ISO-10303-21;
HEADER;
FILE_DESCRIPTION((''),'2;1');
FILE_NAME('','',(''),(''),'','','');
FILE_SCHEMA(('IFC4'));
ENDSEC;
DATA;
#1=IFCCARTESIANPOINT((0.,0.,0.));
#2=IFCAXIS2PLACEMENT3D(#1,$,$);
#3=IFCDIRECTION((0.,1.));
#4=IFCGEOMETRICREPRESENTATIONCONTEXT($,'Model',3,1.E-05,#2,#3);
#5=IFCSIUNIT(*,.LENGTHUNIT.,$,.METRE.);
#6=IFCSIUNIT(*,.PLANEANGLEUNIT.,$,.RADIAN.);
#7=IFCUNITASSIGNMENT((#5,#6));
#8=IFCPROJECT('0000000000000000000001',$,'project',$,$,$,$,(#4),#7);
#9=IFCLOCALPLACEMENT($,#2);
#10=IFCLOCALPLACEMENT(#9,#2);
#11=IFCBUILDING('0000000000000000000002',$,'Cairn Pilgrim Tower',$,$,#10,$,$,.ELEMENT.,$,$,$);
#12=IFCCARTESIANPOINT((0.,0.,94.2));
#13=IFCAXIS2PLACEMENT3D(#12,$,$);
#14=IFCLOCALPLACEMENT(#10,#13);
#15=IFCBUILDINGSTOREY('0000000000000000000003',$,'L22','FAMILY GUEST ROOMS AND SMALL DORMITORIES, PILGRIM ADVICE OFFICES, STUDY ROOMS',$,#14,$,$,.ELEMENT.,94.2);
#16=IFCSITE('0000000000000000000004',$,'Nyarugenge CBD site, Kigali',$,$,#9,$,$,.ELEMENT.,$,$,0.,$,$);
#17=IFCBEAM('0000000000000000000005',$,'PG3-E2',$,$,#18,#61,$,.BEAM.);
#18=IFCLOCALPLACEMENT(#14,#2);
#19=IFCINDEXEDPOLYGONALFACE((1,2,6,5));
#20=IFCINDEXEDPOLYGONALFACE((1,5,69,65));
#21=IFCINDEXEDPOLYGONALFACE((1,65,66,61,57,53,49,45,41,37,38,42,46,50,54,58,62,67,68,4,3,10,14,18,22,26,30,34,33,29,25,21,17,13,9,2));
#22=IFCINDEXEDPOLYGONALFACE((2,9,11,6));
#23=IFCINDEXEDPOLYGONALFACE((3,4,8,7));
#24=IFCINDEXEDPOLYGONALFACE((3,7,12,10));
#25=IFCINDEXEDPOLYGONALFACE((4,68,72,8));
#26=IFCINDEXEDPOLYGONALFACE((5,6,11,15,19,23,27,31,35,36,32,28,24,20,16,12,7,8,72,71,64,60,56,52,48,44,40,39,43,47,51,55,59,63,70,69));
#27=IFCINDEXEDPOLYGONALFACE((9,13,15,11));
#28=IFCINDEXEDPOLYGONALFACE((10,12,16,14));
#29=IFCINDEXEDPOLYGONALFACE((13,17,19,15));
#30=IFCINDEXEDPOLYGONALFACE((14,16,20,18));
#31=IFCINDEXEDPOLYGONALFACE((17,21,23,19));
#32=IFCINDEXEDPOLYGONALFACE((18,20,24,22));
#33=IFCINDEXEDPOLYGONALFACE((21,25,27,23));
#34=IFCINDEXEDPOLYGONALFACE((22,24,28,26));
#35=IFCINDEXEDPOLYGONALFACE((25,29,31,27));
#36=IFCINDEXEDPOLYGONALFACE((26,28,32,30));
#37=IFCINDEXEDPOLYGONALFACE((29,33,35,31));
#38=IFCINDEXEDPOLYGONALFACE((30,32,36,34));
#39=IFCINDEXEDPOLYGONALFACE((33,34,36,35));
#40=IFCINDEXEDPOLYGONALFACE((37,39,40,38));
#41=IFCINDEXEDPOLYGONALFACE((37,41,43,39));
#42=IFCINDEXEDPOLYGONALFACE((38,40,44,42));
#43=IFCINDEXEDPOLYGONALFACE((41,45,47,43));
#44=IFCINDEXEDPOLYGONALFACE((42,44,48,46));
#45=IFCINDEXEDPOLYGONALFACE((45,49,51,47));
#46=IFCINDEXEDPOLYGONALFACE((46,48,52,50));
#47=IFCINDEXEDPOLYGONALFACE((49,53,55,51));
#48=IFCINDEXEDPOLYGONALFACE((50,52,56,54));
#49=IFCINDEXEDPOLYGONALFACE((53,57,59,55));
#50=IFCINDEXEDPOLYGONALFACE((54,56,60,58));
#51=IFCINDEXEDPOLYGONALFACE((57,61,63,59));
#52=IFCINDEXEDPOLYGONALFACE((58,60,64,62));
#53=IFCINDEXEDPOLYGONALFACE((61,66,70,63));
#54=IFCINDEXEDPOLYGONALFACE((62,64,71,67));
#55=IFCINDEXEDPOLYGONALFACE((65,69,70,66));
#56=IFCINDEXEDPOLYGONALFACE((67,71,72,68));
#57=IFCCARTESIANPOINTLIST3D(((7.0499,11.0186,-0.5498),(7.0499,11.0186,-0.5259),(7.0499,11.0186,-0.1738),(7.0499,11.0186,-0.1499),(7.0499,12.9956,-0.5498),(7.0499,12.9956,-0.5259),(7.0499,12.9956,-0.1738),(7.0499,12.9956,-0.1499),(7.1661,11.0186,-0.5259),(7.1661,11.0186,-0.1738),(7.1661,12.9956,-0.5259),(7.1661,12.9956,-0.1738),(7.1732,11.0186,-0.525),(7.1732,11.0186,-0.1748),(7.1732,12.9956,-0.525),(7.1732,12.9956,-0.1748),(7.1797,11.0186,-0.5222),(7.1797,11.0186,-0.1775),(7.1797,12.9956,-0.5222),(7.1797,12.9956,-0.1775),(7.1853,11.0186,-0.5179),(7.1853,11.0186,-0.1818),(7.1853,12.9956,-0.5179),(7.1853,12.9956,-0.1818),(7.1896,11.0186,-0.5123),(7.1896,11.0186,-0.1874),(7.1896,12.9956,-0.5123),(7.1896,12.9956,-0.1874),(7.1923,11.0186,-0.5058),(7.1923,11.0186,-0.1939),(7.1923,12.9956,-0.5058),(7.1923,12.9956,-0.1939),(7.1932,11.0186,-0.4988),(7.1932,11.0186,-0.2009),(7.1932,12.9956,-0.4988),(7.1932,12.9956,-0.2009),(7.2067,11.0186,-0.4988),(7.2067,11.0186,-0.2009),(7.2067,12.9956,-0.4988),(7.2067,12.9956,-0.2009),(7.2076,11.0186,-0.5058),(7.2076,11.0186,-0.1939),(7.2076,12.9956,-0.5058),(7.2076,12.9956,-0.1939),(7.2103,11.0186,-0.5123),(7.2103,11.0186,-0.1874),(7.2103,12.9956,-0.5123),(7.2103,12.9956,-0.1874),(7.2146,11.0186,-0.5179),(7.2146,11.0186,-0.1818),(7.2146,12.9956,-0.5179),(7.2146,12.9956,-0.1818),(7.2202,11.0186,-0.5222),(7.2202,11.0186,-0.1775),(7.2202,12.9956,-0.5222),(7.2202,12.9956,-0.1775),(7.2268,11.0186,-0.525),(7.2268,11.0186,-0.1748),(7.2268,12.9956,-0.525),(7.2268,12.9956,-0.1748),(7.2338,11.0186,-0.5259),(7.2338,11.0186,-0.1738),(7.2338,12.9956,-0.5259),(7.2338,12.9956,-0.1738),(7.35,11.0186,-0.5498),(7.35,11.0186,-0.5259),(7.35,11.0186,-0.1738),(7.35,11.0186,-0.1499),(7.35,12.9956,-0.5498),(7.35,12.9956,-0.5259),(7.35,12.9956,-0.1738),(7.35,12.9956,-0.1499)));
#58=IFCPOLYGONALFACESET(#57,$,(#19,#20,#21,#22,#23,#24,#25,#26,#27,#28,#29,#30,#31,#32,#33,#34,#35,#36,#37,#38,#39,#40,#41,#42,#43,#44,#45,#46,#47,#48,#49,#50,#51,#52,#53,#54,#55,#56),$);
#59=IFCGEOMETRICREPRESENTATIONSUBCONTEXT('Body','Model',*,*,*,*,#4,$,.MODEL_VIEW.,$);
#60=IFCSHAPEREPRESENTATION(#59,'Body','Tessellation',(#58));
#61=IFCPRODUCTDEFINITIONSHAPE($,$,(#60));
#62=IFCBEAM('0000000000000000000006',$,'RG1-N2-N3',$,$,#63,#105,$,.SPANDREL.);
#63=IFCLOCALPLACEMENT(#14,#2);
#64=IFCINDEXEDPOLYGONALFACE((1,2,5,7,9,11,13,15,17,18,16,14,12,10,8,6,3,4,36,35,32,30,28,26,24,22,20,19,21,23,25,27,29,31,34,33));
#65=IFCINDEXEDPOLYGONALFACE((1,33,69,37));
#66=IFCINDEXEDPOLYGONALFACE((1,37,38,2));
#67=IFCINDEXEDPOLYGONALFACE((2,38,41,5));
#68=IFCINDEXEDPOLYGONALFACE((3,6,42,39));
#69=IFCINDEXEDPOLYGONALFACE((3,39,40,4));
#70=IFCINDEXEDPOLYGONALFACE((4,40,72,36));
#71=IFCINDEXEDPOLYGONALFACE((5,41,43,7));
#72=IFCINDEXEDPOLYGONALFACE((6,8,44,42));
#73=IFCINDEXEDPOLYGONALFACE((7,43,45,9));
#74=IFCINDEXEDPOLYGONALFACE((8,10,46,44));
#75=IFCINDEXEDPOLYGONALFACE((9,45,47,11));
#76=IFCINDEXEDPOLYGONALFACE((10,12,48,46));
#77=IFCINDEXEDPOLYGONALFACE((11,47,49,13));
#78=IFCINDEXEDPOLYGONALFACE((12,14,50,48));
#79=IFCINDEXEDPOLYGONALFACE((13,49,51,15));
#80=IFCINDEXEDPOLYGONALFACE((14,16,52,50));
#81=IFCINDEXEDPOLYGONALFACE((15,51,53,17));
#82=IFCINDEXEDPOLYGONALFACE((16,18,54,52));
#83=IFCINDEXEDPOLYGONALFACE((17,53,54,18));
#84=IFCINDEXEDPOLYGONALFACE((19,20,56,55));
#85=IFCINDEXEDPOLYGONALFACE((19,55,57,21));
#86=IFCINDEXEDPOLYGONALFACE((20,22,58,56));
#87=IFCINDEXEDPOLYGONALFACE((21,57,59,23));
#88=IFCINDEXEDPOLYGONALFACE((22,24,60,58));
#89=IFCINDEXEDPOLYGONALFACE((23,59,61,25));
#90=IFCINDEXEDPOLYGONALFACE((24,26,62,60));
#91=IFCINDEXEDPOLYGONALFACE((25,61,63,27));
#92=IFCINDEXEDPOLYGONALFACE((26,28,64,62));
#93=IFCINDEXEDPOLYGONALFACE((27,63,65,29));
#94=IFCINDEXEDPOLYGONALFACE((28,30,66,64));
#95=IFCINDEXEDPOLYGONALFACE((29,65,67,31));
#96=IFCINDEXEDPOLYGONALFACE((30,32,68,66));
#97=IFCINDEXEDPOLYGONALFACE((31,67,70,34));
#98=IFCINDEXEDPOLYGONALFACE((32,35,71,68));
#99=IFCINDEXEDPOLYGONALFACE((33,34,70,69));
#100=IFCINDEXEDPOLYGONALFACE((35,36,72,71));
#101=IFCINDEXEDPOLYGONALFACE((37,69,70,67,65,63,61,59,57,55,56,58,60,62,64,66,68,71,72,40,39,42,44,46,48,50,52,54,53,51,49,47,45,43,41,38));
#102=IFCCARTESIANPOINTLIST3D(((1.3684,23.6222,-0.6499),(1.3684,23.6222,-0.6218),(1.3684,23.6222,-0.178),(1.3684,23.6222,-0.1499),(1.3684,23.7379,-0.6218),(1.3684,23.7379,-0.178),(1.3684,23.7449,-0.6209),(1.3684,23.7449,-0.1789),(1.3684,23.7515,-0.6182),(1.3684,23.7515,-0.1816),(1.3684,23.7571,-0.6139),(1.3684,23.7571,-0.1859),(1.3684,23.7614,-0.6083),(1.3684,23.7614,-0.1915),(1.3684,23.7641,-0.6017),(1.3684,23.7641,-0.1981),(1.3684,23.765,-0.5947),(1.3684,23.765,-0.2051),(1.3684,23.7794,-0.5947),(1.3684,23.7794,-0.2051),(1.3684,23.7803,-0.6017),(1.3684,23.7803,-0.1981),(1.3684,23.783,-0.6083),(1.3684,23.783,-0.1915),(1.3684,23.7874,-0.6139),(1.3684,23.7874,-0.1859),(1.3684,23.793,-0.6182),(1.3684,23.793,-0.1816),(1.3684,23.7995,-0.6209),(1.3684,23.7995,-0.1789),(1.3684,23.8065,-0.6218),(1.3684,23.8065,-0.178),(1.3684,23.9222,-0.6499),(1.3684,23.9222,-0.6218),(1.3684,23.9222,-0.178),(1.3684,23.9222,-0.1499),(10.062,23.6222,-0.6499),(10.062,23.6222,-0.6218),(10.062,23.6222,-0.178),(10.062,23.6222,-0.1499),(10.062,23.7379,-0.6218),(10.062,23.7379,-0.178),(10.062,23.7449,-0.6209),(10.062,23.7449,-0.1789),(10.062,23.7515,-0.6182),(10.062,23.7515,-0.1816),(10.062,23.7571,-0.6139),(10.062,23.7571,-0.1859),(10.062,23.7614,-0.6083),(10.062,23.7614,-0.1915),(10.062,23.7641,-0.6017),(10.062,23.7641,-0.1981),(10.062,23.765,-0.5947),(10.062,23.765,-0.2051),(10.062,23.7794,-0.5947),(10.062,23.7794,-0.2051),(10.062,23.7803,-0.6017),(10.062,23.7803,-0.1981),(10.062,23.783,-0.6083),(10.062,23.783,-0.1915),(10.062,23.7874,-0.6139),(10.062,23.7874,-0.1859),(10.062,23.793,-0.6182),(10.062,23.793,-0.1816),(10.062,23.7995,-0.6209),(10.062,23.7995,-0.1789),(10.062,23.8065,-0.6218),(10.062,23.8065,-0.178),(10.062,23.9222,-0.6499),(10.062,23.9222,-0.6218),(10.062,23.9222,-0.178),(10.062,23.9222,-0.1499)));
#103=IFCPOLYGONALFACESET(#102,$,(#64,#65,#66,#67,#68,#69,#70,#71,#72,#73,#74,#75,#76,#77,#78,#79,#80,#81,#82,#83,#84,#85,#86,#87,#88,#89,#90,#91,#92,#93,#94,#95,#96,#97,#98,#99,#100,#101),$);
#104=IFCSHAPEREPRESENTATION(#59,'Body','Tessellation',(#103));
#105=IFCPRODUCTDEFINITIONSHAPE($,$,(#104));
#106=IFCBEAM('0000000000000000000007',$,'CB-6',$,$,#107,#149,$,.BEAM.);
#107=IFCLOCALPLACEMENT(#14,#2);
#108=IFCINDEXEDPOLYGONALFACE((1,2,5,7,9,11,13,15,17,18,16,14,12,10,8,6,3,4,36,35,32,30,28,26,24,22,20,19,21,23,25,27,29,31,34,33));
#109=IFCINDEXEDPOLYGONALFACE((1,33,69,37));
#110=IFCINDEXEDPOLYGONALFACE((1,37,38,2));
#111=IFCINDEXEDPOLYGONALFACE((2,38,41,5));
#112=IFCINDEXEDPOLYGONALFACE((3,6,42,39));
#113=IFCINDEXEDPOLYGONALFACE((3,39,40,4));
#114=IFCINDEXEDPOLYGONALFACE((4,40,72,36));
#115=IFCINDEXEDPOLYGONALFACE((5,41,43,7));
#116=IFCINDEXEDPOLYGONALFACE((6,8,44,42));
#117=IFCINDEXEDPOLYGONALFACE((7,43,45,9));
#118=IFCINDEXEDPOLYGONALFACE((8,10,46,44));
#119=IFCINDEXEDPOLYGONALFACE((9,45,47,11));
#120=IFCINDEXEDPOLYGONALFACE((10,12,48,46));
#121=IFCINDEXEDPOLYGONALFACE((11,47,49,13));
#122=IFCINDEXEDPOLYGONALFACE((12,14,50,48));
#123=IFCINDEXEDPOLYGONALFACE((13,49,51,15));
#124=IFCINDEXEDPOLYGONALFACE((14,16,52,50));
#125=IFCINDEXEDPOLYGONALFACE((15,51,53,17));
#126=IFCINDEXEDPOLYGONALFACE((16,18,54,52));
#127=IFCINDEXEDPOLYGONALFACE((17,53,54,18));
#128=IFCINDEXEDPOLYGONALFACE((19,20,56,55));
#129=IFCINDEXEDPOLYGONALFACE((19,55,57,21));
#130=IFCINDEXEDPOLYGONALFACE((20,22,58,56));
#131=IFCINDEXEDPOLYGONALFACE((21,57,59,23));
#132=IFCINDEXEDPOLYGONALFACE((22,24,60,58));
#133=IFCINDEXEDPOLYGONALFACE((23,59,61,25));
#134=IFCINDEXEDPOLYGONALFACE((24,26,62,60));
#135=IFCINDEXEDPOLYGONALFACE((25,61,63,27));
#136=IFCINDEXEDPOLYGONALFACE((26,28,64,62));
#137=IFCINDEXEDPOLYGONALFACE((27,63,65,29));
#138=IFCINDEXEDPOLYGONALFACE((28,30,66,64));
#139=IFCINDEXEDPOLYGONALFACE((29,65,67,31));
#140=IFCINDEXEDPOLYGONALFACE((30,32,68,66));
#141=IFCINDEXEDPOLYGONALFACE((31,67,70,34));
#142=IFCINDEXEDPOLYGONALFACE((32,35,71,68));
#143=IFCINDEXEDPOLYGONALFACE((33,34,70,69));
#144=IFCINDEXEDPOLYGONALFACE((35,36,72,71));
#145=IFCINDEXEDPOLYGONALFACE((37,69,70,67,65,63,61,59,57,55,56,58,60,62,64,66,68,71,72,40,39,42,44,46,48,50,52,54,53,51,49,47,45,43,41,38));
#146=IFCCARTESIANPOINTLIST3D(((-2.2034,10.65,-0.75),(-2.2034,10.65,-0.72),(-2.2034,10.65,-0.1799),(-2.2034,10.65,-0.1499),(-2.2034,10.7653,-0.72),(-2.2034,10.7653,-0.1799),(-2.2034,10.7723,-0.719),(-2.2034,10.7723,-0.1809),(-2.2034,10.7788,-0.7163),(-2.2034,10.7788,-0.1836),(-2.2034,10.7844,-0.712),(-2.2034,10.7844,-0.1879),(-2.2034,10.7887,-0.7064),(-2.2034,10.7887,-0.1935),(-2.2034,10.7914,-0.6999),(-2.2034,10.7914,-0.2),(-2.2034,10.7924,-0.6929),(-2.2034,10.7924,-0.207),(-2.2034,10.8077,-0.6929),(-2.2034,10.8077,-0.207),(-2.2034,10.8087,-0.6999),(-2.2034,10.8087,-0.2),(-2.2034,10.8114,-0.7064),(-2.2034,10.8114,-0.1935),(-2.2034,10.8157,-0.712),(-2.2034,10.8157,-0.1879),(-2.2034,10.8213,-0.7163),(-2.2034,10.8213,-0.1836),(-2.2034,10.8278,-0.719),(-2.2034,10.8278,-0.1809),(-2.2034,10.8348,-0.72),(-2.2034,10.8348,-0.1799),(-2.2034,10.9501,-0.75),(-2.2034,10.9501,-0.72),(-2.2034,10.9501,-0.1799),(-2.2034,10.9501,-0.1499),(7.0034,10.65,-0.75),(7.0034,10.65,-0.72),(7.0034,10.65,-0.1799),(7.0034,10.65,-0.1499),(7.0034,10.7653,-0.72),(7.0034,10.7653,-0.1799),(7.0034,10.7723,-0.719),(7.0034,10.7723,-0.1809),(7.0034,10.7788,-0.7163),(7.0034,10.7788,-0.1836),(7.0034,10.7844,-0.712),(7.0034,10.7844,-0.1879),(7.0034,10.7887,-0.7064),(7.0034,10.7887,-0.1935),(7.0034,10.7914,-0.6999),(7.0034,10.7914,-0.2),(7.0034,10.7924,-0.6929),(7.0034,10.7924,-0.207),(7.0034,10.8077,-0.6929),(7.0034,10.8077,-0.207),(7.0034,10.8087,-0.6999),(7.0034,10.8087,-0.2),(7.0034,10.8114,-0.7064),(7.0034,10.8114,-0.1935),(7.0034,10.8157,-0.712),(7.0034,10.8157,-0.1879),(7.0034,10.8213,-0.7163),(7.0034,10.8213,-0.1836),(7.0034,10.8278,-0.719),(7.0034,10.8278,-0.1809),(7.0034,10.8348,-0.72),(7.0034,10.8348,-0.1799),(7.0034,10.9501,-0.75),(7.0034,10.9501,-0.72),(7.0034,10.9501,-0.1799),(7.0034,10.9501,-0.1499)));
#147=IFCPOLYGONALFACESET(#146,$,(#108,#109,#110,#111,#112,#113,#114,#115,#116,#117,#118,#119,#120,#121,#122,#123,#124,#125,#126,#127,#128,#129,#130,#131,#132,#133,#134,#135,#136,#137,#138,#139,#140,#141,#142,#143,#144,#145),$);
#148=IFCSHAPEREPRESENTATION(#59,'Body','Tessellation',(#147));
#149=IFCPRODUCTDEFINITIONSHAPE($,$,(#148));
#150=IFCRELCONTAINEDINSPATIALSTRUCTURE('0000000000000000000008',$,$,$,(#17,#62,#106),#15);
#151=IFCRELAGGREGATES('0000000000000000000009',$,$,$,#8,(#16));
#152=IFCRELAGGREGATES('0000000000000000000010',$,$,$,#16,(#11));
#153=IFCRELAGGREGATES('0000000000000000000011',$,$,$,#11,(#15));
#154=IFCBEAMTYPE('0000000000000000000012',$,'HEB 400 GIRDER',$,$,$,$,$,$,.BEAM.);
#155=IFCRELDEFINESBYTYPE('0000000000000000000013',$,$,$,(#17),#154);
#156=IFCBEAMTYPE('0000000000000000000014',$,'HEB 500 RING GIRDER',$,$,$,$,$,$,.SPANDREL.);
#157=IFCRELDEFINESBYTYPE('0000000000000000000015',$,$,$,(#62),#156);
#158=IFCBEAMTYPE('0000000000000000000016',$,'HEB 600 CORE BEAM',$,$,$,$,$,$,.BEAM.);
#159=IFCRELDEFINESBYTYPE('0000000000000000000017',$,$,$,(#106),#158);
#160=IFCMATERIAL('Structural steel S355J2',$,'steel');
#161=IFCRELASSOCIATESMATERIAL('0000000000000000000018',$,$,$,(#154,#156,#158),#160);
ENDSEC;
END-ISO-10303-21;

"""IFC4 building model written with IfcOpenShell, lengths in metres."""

from ifc_helpers import new_model, si_unit, direction, frame, origin, origin_2d, place, context, subcontext, project, spatial, i_section, extrude, material, material_profile, profile_set, type_object, element, save


model = new_model("IFC4")

# Units and contexts
model_context = context("Model", 3, precision=1e-05, world=origin(), true_north=direction((0.0, 1.0)))
body_context = subcontext(model_context, "Body", "Model", "MODEL_VIEW")
ifc_project = project(units=[si_unit("LENGTHUNIT", "METRE"), si_unit("PLANEANGLEUNIT", "RADIAN")], contexts=[model_context])

# Site, building, storey
site_placement = place(None, origin())
site = spatial("IfcSite", under=ifc_project, at=site_placement, Name="Nyarugenge CBD site, Kigali", CompositionType="ELEMENT", RefElevation=0.0)
building_placement = place(site_placement, origin())
building = spatial("IfcBuilding", under=site, at=building_placement, Name="Cairn Pilgrim Tower", CompositionType="ELEMENT")
storey_placement = place(building_placement, frame((0.0, 0.0, 94.2)))
storey = spatial("IfcBuildingStorey", under=building, at=storey_placement, Name="L22", Description="FAMILY GUEST ROOMS AND SMALL DORMITORIES, PILGRIM ADVICE OFFICES, STUDY ROOMS", CompositionType="ELEMENT", Elevation=94.2)

# Beams
ifc_material_1 = material(Name="Structural steel S355J2", Category="steel")
ifc_material_profile_1 = material_profile(ifc_material_1, i_section(OverallWidth=0.3, OverallDepth=0.3999, WebThickness=0.0134, FlangeThickness=0.0239, FilletRadius=0.0271, at=origin_2d()), Name="HEB 400")
ifc_profile_set_1 = profile_set([ifc_material_profile_1], Name="Structural steel S355J2")
beam_type_1 = type_object("IfcBeamType", Name="HEB 400 GIRDER", PredefinedType="BEAM", material=ifc_profile_set_1)
beam_1_placement = place(storey_placement, frame((7.2, 11.0186, -0.3499), z_axis=(0.0, 1.0, 0.0), x_axis=(-1.0, 0.0, 0.0)))
element("IfcBeam", 1, at=beam_1_placement, inside=storey, type_object=beam_type_1, Name="PG3-E2", PredefinedType="BEAM", context=body_context, shape_type="SweptSolid", body=[
    extrude(i_section(OverallWidth=0.3, OverallDepth=0.3999, WebThickness=0.0134, FlangeThickness=0.0239, FilletRadius=0.0271, at=origin_2d()), origin(), (0.0, 0.0, 1.0), 1.9771),
])
ifc_material_profile_2 = material_profile(ifc_material_1, i_section(OverallWidth=0.3, OverallDepth=0.5, WebThickness=0.0144, FlangeThickness=0.0281, FilletRadius=0.0271, at=origin_2d()), Name="HEB 500")
ifc_profile_set_2 = profile_set([ifc_material_profile_2], Name="Structural steel S355J2")
beam_type_2 = type_object("IfcBeamType", Name="HEB 500 RING GIRDER", PredefinedType="SPANDREL", material=ifc_profile_set_2)
beam_2_placement = place(storey_placement, frame((10.062, 23.7722, -0.3999), z_axis=(-1.0, 0.0, 0.0), x_axis=(0.0, -1.0, 0.0)))
element("IfcBeam", 2, at=beam_2_placement, inside=storey, type_object=beam_type_2, Name="RG1-N2-N3", PredefinedType="SPANDREL", context=body_context, shape_type="SweptSolid", body=[
    extrude(i_section(OverallWidth=0.3, OverallDepth=0.5, WebThickness=0.0144, FlangeThickness=0.0281, FilletRadius=0.0271, at=origin_2d()), origin(), (0.0, 0.0, 1.0), 8.6936),
])
ifc_material_profile_3 = material_profile(ifc_material_1, i_section(OverallWidth=0.3, OverallDepth=0.6001, WebThickness=0.0154, FlangeThickness=0.03, FilletRadius=0.0271, at=origin_2d()), Name="HEB 600")
ifc_profile_set_3 = profile_set([ifc_material_profile_3], Name="Structural steel S355J2")
beam_type_3 = type_object("IfcBeamType", Name="HEB 600 CORE BEAM", PredefinedType="BEAM", material=ifc_profile_set_3)
beam_3_placement = place(storey_placement, frame((7.0034, 10.8, -0.45), z_axis=(-1.0, 0.0, 0.0), x_axis=(0.0, -1.0, 0.0)))
element("IfcBeam", 3, at=beam_3_placement, inside=storey, type_object=beam_type_3, Name="CB-6", PredefinedType="BEAM", context=body_context, shape_type="SweptSolid", body=[
    extrude(i_section(OverallWidth=0.3, OverallDepth=0.6001, WebThickness=0.0154, FlangeThickness=0.03, FilletRadius=0.0271, at=origin_2d()), origin(), (0.0, 0.0, 1.0), 9.2068),
])

save(model, "model.ifc")
